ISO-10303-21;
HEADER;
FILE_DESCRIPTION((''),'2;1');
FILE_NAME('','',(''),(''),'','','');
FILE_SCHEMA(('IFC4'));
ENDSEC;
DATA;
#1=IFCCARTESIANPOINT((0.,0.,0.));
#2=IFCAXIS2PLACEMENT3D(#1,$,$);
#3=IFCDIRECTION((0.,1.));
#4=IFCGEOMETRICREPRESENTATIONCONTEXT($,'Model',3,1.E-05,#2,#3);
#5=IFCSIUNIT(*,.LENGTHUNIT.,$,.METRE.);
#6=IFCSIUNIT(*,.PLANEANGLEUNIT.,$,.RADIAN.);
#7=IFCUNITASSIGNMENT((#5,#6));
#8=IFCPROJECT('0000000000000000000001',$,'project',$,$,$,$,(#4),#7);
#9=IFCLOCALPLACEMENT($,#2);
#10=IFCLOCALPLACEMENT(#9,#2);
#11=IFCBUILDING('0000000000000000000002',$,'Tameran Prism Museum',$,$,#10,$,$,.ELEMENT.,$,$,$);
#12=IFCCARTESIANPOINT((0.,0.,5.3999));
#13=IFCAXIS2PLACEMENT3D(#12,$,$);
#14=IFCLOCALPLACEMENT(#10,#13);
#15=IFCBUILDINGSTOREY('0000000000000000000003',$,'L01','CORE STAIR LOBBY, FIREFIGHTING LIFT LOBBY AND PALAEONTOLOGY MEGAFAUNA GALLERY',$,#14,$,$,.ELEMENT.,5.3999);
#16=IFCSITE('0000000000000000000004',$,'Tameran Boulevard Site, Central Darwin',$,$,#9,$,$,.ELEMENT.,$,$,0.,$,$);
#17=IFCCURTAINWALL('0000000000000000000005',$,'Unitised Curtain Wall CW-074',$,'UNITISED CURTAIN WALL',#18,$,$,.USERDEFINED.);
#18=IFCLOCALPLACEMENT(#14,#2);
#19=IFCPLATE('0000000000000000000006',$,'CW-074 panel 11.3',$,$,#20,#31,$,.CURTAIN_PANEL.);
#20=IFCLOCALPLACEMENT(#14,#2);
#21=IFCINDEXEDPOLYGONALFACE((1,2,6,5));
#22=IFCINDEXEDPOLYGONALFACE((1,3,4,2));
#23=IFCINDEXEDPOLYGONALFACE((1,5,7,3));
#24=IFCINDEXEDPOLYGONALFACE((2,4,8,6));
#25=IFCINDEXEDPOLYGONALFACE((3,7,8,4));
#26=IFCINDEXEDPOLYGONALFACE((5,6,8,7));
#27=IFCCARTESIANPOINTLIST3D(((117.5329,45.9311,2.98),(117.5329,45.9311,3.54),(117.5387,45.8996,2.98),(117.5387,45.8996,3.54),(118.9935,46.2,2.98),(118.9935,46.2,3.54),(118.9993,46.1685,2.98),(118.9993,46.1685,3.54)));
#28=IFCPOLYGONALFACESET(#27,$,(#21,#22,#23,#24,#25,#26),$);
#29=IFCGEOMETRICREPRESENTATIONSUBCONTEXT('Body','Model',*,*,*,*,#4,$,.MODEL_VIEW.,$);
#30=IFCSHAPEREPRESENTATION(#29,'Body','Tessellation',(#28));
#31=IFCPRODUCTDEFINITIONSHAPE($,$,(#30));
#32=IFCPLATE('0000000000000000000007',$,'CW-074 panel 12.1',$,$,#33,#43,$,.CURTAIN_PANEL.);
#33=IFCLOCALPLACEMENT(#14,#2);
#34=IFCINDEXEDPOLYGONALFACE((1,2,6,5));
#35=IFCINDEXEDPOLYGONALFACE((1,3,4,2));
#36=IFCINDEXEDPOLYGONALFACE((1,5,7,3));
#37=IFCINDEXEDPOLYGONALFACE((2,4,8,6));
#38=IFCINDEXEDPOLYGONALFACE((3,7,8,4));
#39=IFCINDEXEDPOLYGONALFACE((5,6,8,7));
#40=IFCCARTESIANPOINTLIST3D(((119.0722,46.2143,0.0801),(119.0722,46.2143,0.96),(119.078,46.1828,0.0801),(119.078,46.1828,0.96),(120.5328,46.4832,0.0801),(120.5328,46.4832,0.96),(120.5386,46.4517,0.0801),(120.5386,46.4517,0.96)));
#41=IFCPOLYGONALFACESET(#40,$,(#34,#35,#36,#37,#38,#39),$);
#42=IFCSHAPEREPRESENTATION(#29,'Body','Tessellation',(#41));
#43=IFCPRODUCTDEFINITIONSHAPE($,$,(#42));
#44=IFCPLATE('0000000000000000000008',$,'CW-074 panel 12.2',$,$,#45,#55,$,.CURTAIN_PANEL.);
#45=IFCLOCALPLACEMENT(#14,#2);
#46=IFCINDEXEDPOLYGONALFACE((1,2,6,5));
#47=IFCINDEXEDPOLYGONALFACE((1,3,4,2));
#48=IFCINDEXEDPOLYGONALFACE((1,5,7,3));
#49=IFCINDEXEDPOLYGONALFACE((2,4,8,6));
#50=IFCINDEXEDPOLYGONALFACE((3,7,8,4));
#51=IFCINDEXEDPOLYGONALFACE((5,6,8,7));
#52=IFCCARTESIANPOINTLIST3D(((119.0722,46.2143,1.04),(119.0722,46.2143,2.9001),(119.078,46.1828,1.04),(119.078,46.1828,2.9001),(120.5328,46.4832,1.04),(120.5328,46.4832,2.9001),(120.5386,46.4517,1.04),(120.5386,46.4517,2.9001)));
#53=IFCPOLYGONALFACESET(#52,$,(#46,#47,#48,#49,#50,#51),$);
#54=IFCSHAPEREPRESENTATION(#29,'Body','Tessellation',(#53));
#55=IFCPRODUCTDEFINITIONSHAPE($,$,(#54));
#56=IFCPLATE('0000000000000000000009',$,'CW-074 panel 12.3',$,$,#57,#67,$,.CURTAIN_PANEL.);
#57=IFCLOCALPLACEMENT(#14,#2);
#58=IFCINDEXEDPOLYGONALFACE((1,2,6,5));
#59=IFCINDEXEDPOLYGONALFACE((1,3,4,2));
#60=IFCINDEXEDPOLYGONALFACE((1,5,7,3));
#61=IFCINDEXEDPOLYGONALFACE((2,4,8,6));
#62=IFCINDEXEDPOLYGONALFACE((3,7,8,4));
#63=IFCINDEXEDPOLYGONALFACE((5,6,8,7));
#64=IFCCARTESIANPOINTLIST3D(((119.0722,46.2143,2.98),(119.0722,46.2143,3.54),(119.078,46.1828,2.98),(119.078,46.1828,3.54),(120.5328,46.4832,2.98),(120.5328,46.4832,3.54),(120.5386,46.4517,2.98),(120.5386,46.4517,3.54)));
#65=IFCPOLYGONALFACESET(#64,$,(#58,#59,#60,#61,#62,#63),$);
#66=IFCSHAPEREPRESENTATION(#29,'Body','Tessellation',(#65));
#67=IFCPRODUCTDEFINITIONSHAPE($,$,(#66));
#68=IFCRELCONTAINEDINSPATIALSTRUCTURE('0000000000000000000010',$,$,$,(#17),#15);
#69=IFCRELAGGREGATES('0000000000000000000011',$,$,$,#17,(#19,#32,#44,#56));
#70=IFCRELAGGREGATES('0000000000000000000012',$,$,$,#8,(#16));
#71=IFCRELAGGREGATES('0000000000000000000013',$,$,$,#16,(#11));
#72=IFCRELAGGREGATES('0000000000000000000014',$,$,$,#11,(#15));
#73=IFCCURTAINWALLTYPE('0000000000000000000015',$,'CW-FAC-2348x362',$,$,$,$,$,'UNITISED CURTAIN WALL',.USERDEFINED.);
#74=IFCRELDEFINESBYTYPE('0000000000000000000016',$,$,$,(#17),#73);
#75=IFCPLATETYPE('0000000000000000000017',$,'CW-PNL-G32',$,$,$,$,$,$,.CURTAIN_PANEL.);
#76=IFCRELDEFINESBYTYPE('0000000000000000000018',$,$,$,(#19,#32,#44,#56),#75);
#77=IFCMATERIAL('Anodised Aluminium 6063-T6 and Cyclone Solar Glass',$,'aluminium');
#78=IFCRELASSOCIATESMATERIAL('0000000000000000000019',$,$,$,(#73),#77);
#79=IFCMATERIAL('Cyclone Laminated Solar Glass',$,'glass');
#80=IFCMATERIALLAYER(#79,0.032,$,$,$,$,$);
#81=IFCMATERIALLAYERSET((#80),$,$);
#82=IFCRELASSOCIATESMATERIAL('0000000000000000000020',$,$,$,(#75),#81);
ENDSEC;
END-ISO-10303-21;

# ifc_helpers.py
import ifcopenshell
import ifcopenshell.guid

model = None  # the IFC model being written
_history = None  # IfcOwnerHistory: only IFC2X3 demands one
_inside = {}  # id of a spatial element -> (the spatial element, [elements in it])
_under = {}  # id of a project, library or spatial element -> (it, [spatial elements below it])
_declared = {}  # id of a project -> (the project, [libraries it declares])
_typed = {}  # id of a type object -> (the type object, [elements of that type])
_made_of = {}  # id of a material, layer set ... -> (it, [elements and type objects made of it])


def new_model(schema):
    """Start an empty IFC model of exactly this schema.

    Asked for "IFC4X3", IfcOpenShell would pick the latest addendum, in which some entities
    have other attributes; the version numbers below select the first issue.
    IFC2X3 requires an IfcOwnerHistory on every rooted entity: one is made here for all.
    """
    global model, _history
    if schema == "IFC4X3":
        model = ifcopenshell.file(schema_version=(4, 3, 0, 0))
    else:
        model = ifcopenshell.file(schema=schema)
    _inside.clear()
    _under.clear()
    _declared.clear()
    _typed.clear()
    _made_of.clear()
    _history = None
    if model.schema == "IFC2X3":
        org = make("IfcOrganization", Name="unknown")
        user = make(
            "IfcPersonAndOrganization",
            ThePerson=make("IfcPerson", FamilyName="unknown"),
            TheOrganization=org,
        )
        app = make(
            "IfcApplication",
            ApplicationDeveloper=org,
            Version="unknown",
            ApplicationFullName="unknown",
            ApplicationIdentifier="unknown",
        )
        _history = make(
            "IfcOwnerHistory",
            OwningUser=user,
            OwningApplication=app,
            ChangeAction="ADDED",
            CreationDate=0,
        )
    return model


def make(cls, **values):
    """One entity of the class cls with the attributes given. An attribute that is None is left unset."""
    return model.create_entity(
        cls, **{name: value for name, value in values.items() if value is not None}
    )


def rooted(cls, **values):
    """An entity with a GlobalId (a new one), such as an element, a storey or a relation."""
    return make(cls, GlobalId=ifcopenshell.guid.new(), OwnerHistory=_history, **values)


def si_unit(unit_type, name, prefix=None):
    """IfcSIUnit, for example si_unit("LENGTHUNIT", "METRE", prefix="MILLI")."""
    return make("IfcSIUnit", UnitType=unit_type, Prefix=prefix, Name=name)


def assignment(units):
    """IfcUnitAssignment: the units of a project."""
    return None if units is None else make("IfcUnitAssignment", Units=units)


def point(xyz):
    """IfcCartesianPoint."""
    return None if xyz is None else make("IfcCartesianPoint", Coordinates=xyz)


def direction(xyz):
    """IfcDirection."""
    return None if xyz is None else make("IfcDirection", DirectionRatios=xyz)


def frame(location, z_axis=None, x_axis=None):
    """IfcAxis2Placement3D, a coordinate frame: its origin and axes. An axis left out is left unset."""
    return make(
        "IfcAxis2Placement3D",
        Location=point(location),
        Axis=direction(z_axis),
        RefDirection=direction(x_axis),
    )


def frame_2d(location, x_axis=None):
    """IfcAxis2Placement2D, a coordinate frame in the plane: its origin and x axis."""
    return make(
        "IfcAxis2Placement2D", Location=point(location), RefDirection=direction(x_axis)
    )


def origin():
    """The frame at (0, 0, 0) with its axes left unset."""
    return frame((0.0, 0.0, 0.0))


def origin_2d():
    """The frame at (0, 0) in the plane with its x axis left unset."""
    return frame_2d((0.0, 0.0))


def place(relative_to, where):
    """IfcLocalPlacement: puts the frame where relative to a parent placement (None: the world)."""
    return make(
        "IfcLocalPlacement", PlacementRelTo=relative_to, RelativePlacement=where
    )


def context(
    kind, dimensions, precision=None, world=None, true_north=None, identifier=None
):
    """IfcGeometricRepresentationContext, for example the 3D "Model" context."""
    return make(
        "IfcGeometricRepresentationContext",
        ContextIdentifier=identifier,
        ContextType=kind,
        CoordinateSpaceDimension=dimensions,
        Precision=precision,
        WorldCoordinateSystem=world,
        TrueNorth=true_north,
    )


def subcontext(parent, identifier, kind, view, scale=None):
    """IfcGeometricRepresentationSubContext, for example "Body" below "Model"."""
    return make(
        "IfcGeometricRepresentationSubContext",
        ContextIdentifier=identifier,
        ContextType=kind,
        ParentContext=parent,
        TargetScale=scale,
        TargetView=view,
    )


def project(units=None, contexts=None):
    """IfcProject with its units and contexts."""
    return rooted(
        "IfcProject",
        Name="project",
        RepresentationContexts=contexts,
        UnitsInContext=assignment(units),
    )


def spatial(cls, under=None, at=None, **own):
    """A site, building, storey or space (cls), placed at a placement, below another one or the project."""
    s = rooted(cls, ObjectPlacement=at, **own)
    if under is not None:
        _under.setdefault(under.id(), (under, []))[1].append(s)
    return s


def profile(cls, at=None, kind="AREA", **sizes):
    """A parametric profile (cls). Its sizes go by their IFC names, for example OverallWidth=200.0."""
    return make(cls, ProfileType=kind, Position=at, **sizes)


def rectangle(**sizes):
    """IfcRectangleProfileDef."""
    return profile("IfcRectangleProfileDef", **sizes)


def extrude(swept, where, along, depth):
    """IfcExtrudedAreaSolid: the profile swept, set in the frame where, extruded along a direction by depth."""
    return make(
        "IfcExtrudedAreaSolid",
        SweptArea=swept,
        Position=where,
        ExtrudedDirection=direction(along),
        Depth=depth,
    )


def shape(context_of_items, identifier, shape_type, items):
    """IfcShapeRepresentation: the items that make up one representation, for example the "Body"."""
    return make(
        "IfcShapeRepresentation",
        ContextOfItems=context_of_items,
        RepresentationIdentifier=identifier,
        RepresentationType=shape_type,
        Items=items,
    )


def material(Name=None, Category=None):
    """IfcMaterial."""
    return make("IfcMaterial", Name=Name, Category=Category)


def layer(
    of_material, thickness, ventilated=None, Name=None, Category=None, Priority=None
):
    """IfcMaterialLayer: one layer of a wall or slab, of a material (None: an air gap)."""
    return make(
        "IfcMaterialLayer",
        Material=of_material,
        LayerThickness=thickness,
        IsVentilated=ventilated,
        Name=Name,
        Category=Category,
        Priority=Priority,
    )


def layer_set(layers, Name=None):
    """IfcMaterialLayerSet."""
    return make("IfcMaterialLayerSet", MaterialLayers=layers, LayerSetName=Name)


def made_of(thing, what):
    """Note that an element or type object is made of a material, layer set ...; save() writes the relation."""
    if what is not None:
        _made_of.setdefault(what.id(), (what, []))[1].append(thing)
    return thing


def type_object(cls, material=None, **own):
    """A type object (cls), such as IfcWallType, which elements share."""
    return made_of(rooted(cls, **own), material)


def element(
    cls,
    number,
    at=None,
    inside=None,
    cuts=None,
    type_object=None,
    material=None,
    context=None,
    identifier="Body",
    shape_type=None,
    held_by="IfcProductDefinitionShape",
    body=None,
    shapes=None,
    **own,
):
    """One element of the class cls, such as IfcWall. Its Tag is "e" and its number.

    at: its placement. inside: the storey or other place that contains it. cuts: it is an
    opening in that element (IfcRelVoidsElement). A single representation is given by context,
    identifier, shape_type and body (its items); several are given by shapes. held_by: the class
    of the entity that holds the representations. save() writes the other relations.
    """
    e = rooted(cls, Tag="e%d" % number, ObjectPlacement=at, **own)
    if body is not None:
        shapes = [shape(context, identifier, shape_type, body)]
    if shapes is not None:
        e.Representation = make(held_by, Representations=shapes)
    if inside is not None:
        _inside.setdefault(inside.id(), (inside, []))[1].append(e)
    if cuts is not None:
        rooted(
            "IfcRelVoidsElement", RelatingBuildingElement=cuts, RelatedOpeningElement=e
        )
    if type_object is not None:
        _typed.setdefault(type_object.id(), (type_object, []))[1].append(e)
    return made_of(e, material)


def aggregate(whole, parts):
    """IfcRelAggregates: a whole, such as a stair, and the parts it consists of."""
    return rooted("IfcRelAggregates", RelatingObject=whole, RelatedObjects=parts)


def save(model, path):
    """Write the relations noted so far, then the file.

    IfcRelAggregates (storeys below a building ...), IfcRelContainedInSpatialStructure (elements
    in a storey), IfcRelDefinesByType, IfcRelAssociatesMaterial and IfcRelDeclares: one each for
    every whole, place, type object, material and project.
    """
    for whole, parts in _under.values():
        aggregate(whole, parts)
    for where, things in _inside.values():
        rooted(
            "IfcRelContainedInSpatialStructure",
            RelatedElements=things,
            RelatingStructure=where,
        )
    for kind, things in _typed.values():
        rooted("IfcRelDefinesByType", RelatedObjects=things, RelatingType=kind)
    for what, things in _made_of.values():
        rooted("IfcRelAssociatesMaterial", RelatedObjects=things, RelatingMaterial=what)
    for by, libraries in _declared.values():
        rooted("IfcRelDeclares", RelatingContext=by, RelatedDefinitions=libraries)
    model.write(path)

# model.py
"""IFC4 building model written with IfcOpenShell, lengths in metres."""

from ifc_helpers import new_model, si_unit, direction, frame, origin, origin_2d, place, context, subcontext, project, spatial, rectangle, extrude, material, layer, layer_set, type_object, element, aggregate, save


model = new_model("IFC4")

# Units and contexts
model_context = context("Model", 3, precision=1e-05, world=origin(), true_north=direction((0.0, 1.0)))
body_context = subcontext(model_context, "Body", "Model", "MODEL_VIEW")
ifc_project = project(units=[si_unit("LENGTHUNIT", "METRE"), si_unit("PLANEANGLEUNIT", "RADIAN")], contexts=[model_context])

# Site, building, storey
site_placement = place(None, origin())
site = spatial("IfcSite", under=ifc_project, at=site_placement, Name="Tameran Boulevard Site, Central Darwin", CompositionType="ELEMENT", RefElevation=0.0)
building_placement = place(site_placement, origin())
building = spatial("IfcBuilding", under=site, at=building_placement, Name="Tameran Prism Museum", CompositionType="ELEMENT")
storey_placement = place(building_placement, frame((0.0, 0.0, 5.3999)))
storey = spatial("IfcBuildingStorey", under=building, at=storey_placement, Name="L01", Description="CORE STAIR LOBBY, FIREFIGHTING LIFT LOBBY AND PALAEONTOLOGY MEGAFAUNA GALLERY", CompositionType="ELEMENT", Elevation=5.3999)

# Curtain wall, plates
ifc_material_1 = material(Name="Anodised Aluminium 6063-T6 and Cyclone Solar Glass", Category="aluminium")
curtain_wall_type = type_object("IfcCurtainWallType", Name="CW-FAC-2348x362", ElementType="UNITISED CURTAIN WALL", PredefinedType="USERDEFINED", material=ifc_material_1)
curtain_wall_placement = place(storey_placement, origin())
curtain_wall = element("IfcCurtainWall", 1, at=curtain_wall_placement, inside=storey, type_object=curtain_wall_type, Name="Unitised Curtain Wall CW-074", ObjectType="UNITISED CURTAIN WALL", PredefinedType="USERDEFINED")
ifc_material_2 = material(Name="Cyclone Laminated Solar Glass", Category="glass")
ifc_layer = layer(ifc_material_2, 0.032)
ifc_layer_set = layer_set([ifc_layer])
plate_type = type_object("IfcPlateType", Name="CW-PNL-G32", PredefinedType="CURTAIN_PANEL", material=ifc_layer_set)
plate_1_placement = place(storey_placement, frame((118.2661, 46.0498, 2.98), z_axis=(0.0, 0.0, 1.0), x_axis=(0.983472, 0.181063, 0.0)))
plate_1 = element("IfcPlate", 2, at=plate_1_placement, type_object=plate_type, Name="CW-074 panel 11.3", PredefinedType="CURTAIN_PANEL", context=body_context, shape_type="SweptSolid", body=[
    extrude(rectangle(XDim=1.4851, YDim=0.032, at=origin_2d()), origin(), (0.0, 0.0, 1.0), 0.5601),
])
plate_2_placement = place(storey_placement, frame((119.8054, 46.333, 0.0801), z_axis=(0.0, 0.0, 1.0), x_axis=(0.983472, 0.181063, 0.0)))
plate_2 = element("IfcPlate", 3, at=plate_2_placement, type_object=plate_type, Name="CW-074 panel 12.1", PredefinedType="CURTAIN_PANEL", context=body_context, shape_type="SweptSolid", body=[
    extrude(rectangle(XDim=1.4851, YDim=0.032, at=origin_2d()), origin(), (0.0, 0.0, 1.0), 0.8799),
])
plate_3_placement = place(storey_placement, frame((119.8054, 46.333, 1.04), z_axis=(0.0, 0.0, 1.0), x_axis=(0.983472, 0.181063, 0.0)))
plate_3 = element("IfcPlate", 4, at=plate_3_placement, type_object=plate_type, Name="CW-074 panel 12.2", PredefinedType="CURTAIN_PANEL", context=body_context, shape_type="SweptSolid", body=[
    extrude(rectangle(XDim=1.4851, YDim=0.032, at=origin_2d()), origin(), (0.0, 0.0, 1.0), 1.8601),
])
plate_4_placement = place(storey_placement, frame((119.8054, 46.333, 2.98), z_axis=(0.0, 0.0, 1.0), x_axis=(0.983472, 0.181063, 0.0)))
plate_4 = element("IfcPlate", 5, at=plate_4_placement, type_object=plate_type, Name="CW-074 panel 12.3", PredefinedType="CURTAIN_PANEL", context=body_context, shape_type="SweptSolid", body=[
    extrude(rectangle(XDim=1.4851, YDim=0.032, at=origin_2d()), origin(), (0.0, 0.0, 1.0), 0.5601),
])
aggregate(curtain_wall, [plate_1, plate_2, plate_3, plate_4])

save(model, "model.ifc")
